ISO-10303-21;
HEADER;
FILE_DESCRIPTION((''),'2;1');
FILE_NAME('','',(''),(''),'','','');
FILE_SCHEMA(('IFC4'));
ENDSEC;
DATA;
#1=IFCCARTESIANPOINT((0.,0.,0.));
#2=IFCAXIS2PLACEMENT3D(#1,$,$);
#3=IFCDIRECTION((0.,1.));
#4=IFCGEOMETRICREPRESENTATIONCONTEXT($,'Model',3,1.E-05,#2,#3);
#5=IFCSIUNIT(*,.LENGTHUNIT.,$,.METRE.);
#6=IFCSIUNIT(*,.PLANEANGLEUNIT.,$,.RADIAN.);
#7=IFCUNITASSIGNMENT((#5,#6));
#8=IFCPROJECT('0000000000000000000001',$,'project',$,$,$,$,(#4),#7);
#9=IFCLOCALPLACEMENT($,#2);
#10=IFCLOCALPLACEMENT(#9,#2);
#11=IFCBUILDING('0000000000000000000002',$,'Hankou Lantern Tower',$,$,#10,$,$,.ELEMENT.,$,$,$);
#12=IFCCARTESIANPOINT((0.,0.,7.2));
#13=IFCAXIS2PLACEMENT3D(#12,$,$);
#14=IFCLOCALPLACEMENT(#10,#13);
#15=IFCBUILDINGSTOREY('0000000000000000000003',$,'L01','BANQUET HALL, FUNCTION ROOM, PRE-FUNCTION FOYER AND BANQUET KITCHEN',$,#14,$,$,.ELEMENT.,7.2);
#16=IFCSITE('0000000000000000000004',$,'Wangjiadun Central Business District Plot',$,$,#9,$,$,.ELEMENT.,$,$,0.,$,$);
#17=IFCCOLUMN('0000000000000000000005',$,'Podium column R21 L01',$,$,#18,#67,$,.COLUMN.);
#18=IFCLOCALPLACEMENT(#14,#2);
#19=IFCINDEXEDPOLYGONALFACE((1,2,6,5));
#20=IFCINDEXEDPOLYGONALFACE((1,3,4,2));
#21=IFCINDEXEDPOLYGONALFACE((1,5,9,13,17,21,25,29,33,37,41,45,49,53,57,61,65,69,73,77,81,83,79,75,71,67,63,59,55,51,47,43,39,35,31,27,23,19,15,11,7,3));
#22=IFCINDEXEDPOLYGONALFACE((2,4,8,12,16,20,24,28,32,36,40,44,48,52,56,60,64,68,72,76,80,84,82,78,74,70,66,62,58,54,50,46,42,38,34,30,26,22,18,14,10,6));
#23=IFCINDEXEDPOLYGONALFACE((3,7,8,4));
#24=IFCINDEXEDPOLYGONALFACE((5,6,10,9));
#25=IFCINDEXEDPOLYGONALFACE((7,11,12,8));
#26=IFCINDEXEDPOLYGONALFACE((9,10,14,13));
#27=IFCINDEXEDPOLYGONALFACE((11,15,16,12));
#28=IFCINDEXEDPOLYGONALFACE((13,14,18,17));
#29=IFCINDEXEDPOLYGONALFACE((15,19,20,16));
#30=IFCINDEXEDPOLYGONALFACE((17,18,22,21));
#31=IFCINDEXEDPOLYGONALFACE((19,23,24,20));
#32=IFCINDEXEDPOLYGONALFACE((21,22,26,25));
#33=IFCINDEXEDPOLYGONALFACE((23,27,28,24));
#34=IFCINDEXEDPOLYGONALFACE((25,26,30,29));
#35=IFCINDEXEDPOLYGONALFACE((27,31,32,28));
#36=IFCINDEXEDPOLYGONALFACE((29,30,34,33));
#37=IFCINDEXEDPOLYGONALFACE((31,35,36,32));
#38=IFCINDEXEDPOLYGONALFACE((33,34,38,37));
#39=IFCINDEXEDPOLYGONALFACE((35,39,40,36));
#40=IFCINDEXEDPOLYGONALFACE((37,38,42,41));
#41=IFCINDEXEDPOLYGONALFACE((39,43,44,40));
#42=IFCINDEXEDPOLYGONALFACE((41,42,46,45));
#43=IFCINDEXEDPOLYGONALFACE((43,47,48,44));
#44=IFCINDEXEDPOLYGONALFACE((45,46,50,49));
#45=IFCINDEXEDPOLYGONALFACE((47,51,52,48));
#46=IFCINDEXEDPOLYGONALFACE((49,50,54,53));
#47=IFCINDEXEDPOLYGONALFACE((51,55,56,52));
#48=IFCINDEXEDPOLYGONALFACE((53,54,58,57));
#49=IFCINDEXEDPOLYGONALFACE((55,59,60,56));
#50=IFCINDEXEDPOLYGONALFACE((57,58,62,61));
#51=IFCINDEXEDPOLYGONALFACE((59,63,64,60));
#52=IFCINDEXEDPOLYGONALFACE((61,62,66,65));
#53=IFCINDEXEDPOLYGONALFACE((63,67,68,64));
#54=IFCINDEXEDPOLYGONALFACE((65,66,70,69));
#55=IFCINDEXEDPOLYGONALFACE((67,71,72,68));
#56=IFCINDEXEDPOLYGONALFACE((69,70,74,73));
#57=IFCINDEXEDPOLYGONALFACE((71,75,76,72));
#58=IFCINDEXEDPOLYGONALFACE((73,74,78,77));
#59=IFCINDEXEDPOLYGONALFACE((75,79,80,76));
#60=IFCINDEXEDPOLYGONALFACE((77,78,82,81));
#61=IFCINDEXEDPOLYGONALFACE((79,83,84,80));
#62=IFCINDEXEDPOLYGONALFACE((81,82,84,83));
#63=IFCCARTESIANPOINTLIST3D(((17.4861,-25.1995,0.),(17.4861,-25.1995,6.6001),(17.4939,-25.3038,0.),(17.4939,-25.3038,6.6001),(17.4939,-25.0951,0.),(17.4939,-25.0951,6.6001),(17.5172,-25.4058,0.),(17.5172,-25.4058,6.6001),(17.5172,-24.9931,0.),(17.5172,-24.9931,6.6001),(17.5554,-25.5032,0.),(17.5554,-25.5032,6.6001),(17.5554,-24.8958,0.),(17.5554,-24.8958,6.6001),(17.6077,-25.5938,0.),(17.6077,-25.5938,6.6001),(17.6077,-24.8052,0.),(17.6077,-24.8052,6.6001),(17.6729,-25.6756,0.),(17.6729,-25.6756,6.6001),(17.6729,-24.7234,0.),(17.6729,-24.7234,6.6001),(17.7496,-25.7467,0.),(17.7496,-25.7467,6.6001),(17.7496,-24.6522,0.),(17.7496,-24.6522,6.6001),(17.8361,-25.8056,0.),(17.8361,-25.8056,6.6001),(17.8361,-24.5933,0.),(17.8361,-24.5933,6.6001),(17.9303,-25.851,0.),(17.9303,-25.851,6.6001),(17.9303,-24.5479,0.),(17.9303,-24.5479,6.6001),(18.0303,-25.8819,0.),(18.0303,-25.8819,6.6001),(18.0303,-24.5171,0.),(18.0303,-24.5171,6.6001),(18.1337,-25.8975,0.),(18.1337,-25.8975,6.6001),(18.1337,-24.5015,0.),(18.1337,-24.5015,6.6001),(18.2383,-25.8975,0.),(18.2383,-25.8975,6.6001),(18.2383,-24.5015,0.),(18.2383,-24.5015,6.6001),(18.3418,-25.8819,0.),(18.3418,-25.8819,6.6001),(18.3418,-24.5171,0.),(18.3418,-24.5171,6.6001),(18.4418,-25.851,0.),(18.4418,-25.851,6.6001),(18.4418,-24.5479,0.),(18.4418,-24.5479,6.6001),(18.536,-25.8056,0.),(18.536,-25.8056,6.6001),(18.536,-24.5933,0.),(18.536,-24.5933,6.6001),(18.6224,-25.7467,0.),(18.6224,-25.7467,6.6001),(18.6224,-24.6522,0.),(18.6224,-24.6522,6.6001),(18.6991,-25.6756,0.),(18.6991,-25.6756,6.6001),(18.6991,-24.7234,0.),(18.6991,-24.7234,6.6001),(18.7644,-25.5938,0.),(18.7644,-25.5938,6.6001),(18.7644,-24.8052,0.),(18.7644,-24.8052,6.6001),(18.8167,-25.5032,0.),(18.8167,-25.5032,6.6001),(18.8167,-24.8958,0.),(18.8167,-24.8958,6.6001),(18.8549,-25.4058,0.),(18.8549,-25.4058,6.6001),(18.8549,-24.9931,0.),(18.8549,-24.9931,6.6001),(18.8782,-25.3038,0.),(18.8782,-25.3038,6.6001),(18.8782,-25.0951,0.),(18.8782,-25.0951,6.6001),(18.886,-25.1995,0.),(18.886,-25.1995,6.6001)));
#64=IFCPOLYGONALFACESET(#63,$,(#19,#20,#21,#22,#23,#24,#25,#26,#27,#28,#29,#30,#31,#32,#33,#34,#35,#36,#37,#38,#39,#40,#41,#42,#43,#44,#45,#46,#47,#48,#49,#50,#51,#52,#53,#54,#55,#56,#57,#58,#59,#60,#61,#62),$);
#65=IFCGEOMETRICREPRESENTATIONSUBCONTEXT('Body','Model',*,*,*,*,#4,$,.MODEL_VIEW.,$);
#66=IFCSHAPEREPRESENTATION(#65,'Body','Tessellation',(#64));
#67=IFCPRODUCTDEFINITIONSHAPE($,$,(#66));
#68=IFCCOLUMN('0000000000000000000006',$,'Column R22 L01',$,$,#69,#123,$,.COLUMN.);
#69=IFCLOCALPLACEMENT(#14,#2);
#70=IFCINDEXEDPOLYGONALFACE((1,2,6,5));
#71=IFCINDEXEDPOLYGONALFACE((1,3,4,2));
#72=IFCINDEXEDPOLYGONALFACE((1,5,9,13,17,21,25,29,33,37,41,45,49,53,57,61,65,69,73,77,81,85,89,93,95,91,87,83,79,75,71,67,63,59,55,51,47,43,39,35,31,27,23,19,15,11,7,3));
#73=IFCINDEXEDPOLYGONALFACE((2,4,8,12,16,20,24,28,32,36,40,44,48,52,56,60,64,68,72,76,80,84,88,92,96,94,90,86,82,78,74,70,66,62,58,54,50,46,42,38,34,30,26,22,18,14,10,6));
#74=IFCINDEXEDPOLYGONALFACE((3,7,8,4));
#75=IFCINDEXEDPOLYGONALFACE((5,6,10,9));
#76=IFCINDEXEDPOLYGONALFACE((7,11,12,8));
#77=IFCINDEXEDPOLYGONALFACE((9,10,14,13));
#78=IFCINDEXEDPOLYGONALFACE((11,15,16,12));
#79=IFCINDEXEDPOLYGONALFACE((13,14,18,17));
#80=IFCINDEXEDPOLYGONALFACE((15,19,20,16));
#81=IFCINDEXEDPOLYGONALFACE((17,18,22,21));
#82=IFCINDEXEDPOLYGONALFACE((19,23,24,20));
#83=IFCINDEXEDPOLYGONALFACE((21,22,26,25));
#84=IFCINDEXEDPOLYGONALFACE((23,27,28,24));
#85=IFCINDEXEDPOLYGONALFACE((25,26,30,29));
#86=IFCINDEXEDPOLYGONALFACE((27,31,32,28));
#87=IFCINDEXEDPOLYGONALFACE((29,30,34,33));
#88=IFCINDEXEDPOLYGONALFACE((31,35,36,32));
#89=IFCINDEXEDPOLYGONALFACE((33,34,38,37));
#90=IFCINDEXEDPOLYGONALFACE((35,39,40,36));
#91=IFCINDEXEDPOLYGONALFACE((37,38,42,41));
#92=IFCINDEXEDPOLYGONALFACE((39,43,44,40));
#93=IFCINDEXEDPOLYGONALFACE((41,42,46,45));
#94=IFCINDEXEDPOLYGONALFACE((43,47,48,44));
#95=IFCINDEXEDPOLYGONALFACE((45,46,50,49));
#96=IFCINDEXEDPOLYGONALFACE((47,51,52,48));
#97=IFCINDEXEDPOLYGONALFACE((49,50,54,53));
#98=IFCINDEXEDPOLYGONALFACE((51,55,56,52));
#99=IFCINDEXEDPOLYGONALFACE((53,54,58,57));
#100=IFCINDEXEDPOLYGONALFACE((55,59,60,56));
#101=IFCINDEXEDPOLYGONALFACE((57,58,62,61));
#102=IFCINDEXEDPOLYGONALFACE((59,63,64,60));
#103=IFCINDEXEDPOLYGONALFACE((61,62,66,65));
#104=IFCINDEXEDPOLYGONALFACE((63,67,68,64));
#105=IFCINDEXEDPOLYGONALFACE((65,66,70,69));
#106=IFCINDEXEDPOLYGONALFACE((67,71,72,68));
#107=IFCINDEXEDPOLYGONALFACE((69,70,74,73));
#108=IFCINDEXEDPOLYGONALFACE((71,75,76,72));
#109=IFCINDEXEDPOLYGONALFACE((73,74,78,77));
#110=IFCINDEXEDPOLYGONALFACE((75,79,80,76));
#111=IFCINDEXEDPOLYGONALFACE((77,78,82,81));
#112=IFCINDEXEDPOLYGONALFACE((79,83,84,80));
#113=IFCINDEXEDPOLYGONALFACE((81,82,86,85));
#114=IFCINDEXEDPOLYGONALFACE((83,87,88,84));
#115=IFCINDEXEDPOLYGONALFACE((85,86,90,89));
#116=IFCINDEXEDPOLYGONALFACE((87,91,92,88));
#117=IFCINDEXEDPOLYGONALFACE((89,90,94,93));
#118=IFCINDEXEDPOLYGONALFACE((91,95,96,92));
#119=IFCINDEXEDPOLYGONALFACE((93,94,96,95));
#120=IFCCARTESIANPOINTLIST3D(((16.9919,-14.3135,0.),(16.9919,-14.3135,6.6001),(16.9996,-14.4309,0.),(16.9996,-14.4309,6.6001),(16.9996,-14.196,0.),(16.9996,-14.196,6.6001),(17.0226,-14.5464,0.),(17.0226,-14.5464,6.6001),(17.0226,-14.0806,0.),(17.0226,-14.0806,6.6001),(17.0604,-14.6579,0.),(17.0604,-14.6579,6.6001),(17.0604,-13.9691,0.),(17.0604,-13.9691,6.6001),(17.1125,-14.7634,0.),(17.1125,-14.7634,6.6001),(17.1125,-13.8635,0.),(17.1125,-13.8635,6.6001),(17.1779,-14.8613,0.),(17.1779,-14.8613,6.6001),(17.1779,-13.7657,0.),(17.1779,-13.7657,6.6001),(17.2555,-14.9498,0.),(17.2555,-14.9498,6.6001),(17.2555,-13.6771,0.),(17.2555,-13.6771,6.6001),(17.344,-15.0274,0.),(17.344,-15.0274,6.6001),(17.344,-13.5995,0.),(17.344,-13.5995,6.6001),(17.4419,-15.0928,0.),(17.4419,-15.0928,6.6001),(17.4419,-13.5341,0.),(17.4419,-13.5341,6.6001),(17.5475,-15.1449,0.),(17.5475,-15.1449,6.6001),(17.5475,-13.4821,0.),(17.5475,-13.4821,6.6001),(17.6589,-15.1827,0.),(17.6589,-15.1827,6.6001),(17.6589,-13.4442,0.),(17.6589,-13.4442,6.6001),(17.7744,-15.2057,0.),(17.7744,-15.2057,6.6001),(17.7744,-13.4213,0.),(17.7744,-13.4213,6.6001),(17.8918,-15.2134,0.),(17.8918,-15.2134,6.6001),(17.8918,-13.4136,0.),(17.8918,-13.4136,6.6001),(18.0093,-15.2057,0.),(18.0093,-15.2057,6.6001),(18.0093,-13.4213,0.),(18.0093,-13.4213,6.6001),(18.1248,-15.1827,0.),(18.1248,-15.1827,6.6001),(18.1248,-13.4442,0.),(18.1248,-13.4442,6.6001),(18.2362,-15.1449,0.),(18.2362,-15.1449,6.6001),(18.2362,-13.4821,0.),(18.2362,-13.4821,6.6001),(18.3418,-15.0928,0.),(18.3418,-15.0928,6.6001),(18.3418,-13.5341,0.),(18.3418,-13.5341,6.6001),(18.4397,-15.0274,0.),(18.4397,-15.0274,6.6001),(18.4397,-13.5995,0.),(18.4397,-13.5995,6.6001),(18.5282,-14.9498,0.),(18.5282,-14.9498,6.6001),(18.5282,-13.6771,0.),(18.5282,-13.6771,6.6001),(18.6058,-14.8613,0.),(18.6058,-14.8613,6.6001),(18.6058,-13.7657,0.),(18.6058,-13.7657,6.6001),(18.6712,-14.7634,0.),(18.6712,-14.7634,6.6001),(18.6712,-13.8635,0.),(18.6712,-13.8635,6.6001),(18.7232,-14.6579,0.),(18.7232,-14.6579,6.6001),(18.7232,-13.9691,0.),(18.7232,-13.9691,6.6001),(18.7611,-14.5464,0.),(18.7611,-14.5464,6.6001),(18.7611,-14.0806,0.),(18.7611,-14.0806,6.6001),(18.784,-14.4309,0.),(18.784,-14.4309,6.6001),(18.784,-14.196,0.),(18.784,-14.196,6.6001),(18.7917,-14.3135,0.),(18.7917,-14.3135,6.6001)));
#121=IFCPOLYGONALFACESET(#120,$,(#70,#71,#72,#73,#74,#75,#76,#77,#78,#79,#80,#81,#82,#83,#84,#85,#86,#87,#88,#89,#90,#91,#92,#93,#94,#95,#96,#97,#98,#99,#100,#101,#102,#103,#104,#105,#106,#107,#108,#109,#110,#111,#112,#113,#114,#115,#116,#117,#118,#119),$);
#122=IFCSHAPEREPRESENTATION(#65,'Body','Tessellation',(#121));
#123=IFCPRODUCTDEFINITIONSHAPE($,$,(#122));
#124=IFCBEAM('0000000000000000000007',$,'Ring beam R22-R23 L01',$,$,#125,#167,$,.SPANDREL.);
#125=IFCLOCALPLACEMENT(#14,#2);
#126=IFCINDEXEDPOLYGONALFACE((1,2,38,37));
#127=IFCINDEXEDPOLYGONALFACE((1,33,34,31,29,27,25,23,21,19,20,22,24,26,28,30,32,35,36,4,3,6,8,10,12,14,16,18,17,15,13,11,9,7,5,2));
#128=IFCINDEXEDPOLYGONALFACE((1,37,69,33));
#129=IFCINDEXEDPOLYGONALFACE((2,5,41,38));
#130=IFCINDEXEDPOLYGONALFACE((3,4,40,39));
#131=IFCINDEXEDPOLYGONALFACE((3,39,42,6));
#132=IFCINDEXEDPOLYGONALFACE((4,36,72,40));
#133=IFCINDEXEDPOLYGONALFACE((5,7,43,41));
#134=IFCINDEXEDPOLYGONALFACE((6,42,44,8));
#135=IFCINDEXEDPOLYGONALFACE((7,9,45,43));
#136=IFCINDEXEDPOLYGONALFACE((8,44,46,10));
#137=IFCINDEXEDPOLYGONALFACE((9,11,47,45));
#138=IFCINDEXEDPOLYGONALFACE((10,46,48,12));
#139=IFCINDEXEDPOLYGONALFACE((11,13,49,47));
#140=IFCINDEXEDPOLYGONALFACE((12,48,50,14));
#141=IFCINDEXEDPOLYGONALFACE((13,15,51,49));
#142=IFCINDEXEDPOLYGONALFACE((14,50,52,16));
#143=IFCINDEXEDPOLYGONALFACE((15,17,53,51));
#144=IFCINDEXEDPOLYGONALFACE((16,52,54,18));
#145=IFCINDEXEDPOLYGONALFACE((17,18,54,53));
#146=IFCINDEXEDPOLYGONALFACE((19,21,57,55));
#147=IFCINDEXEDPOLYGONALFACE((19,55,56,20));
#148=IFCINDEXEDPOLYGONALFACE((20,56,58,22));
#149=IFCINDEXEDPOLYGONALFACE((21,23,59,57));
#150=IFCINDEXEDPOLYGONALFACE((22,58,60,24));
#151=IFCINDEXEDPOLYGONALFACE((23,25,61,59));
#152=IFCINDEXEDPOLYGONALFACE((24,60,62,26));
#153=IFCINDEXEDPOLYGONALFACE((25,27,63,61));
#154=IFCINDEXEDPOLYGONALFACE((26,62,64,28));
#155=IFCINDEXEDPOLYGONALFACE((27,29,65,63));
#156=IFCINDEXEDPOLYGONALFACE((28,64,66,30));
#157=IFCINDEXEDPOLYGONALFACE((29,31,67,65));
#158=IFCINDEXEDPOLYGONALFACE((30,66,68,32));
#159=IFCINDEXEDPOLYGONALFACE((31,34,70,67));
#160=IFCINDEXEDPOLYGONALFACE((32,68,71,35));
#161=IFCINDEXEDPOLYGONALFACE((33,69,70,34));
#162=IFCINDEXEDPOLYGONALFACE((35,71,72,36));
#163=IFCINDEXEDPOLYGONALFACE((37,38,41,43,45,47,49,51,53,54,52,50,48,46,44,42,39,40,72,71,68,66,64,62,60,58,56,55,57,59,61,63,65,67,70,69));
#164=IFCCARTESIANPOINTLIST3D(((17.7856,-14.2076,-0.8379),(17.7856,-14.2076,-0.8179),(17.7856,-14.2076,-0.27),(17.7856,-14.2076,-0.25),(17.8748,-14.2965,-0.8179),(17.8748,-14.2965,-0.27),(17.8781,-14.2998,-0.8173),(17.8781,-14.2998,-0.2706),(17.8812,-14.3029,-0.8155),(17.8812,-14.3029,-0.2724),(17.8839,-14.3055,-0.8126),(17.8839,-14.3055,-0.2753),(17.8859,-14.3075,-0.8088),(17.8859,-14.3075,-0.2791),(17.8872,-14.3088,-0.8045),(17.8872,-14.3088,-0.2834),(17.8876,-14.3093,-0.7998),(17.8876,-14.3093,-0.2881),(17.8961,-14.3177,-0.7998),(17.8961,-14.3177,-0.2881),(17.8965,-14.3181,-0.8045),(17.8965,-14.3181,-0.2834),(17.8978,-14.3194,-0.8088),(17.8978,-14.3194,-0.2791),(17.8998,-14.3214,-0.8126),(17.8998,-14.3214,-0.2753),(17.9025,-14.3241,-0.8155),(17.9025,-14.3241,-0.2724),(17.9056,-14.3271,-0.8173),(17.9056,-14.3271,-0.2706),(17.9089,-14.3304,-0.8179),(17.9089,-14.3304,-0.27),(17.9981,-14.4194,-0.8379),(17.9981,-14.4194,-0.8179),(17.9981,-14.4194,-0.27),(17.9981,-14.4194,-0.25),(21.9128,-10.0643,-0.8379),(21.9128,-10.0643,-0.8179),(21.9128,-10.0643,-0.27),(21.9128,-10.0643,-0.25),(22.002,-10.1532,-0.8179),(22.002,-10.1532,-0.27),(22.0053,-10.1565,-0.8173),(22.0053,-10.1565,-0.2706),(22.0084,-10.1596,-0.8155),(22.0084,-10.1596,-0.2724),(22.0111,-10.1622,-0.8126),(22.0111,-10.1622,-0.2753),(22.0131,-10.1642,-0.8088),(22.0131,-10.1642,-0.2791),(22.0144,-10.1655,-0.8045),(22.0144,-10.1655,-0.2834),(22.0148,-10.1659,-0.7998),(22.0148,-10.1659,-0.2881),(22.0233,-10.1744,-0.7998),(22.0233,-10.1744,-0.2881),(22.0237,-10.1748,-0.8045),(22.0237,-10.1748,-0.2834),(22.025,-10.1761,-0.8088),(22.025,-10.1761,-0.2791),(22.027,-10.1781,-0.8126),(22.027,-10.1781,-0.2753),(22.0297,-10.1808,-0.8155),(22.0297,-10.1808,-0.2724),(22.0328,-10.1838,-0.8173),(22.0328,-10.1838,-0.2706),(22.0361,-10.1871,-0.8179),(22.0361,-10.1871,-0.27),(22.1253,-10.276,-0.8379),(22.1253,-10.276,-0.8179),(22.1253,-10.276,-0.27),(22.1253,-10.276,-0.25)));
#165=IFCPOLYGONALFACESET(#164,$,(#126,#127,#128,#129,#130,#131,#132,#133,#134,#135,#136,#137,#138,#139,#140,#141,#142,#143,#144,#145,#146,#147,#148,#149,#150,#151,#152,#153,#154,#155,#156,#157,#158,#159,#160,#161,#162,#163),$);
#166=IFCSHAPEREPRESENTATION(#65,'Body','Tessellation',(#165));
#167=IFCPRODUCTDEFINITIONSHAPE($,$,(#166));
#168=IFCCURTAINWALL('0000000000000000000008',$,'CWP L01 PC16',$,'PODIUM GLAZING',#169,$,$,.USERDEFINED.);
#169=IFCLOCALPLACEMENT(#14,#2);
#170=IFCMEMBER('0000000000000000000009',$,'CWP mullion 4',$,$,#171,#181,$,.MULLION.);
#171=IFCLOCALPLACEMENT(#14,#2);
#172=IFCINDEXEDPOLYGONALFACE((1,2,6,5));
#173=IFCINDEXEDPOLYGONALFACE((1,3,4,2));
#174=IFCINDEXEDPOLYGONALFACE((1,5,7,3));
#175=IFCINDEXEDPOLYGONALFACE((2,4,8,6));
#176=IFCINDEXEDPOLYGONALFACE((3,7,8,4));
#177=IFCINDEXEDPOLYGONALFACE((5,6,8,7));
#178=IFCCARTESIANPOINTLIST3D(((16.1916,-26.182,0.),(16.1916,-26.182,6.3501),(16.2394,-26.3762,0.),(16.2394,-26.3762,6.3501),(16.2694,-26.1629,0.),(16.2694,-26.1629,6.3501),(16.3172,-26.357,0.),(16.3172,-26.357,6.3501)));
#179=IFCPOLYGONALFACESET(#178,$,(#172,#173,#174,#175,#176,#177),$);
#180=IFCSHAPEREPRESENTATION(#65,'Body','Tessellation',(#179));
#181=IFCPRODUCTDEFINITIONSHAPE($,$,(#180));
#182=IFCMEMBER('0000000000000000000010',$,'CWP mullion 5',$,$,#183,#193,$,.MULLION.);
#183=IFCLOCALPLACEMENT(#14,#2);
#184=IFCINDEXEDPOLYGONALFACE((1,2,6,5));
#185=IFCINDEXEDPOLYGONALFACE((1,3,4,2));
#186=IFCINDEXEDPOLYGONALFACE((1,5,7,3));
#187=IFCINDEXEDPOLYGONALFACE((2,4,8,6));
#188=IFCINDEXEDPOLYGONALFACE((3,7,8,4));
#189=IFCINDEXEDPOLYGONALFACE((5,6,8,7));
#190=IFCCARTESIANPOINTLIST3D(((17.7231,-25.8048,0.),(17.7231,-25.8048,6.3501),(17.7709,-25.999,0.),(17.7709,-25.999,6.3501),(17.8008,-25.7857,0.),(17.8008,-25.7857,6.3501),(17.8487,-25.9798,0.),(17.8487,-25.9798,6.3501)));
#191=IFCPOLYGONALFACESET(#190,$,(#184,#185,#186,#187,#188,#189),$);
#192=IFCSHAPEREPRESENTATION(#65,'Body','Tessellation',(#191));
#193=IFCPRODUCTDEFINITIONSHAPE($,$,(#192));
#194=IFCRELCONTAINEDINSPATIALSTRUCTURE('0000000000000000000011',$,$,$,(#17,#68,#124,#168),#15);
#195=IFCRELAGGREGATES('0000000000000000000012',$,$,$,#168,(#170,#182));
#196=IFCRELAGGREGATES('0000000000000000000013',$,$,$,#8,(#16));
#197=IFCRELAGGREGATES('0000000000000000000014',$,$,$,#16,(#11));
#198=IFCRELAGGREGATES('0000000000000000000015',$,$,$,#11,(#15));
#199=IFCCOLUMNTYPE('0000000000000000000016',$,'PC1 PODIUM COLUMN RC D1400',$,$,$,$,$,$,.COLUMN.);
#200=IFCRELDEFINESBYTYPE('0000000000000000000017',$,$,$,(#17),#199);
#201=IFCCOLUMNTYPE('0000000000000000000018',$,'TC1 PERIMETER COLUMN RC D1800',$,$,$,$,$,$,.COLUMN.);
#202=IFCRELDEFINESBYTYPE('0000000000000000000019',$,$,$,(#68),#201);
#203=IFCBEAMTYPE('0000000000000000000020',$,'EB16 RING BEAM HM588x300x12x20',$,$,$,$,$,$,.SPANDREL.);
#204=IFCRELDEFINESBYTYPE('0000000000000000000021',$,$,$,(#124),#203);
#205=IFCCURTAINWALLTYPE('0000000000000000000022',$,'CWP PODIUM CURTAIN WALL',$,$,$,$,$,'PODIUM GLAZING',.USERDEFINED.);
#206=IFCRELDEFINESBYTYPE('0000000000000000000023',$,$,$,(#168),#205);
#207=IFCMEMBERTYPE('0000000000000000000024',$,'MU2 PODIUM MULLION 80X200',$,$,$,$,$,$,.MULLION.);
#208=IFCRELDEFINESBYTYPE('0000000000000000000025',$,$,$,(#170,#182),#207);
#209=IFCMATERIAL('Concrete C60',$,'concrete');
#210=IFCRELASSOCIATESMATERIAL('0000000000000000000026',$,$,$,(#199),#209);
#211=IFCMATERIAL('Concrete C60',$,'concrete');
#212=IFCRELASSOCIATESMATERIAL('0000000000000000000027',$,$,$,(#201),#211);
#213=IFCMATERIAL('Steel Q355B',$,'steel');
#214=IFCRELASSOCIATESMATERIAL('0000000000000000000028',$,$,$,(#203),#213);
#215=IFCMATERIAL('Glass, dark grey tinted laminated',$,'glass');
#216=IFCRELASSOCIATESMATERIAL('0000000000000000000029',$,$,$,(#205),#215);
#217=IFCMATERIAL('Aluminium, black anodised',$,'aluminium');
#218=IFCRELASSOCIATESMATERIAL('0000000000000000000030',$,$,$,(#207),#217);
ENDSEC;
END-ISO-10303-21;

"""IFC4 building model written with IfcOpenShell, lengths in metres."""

from ifc_helpers import new_model, si_unit, direction, frame, origin, origin_2d, place, context, subcontext, project, spatial, rectangle, circle, i_section, extrude, material, material_profile, profile_set, type_object, element, aggregate, save


model = new_model("IFC4")

# Units and contexts
model_context = context("Model", 3, precision=1e-05, world=origin(), true_north=direction((0.0, 1.0)))
body_context = subcontext(model_context, "Body", "Model", "MODEL_VIEW")
ifc_project = project(units=[si_unit("LENGTHUNIT", "METRE"), si_unit("PLANEANGLEUNIT", "RADIAN")], contexts=[model_context])

# Site, building, storey
site_placement = place(None, origin())
site = spatial("IfcSite", under=ifc_project, at=site_placement, Name="Wangjiadun Central Business District Plot", CompositionType="ELEMENT", RefElevation=0.0)
building_placement = place(site_placement, origin())
building = spatial("IfcBuilding", under=site, at=building_placement, Name="Hankou Lantern Tower", CompositionType="ELEMENT")
storey_placement = place(building_placement, frame((0.0, 0.0, 7.2)))
storey = spatial("IfcBuildingStorey", under=building, at=storey_placement, Name="L01", Description="BANQUET HALL, FUNCTION ROOM, PRE-FUNCTION FOYER AND BANQUET KITCHEN", CompositionType="ELEMENT", Elevation=7.2)

# Columns
ifc_material_1 = material(Name="Concrete C60", Category="concrete")
ifc_material_profile_1 = material_profile(ifc_material_1, circle(Radius=0.7, at=origin_2d()), Name="RC D1400")
ifc_profile_set_1 = profile_set([ifc_material_profile_1], Name="Concrete C60")
column_type_1 = type_object("IfcColumnType", Name="PC1 PODIUM COLUMN RC D1400", PredefinedType="COLUMN", material=ifc_profile_set_1)
column_1_placement = place(storey_placement, frame((18.186, -25.1995, 0.0), z_axis=(0.0, 0.0, 1.0), x_axis=(1.0, 0.0, 0.0)))
element("IfcColumn", 1, at=column_1_placement, inside=storey, type_object=column_type_1, Name="Podium column R21 L01", PredefinedType="COLUMN", context=body_context, shape_type="SweptSolid", body=[
    extrude(circle(Radius=0.7, at=origin_2d()), origin(), (0.0, 0.0, 1.0), 6.6001),
])
ifc_material_2 = material(Name="Concrete C60", Category="concrete")
ifc_material_profile_2 = material_profile(ifc_material_2, circle(Radius=0.8999, at=origin_2d()), Name="RC D1800")
ifc_profile_set_2 = profile_set([ifc_material_profile_2], Name="Concrete C60")
column_type_2 = type_object("IfcColumnType", Name="TC1 PERIMETER COLUMN RC D1800", PredefinedType="COLUMN", material=ifc_profile_set_2)
column_2_placement = place(storey_placement, frame((17.8918, -14.3135, 0.0), z_axis=(0.0, 0.0, 1.0), x_axis=(1.0, 0.0, 0.0)))
element("IfcColumn", 2, at=column_2_placement, inside=storey, type_object=column_type_2, Name="Column R22 L01", PredefinedType="COLUMN", context=body_context, shape_type="SweptSolid", body=[
    extrude(circle(Radius=0.8999, at=origin_2d()), origin(), (0.0, 0.0, 1.0), 6.6001),
])

# Beam
ifc_material_3 = material(Name="Steel Q355B", Category="steel")
ifc_material_profile_3 = material_profile(ifc_material_3, i_section(OverallWidth=0.3, OverallDepth=0.5879, WebThickness=0.012, FlangeThickness=0.02, FilletRadius=0.0181, at=origin_2d()), Name="HM588x300x12x20")
ifc_profile_set_3 = profile_set([ifc_material_profile_3], Name="Steel Q355B")
beam_type_1 = type_object("IfcBeamType", Name="EB16 RING BEAM HM588x300x12x20", PredefinedType="SPANDREL", material=ifc_profile_set_3)
beam_1_placement = place(storey_placement, frame((17.8918, -14.3135, -0.5439), z_axis=(0.705728, 0.708483, 0.0), x_axis=(-0.708483, 0.705728, 0.0)))
element("IfcBeam", 3, at=beam_1_placement, inside=storey, type_object=beam_type_1, Name="Ring beam R22-R23 L01", PredefinedType="SPANDREL", context=body_context, shape_type="SweptSolid", body=[
    extrude(i_section(OverallWidth=0.3, OverallDepth=0.5879, WebThickness=0.012, FlangeThickness=0.02, FilletRadius=0.0181, at=origin_2d()), origin(), (0.0, 0.0, 1.0), 5.8481),
])

# Curtain wall, members
ifc_material_4 = material(Name="Glass, dark grey tinted laminated", Category="glass")
curtain_wall_type = type_object("IfcCurtainWallType", Name="CWP PODIUM CURTAIN WALL", ElementType="PODIUM GLAZING", PredefinedType="USERDEFINED", material=ifc_material_4)
curtain_wall_1_placement = place(storey_placement, origin())
curtain_wall_1 = element("IfcCurtainWall", 4, at=curtain_wall_1_placement, inside=storey, type_object=curtain_wall_type, Name="CWP L01 PC16", ObjectType="PODIUM GLAZING", PredefinedType="USERDEFINED")
ifc_material_5 = material(Name="Aluminium, black anodised", Category="aluminium")
ifc_material_profile_4 = material_profile(ifc_material_5, rectangle(XDim=0.0801, YDim=0.2, at=origin_2d()), Name="MU2 80X200")
ifc_profile_set_4 = profile_set([ifc_material_profile_4], Name="Aluminium, black anodised")
member_type_1 = type_object("IfcMemberType", Name="MU2 PODIUM MULLION 80X200", PredefinedType="MULLION", material=ifc_profile_set_4)
member_1_placement = place(storey_placement, frame((16.2544, -26.2695, 0.0), z_axis=(0.0, 0.0, 1.0), x_axis=(0.970961, 0.239238, 0.0)))
member_1 = element("IfcMember", 5, at=member_1_placement, type_object=member_type_1, Name="CWP mullion 4", PredefinedType="MULLION", context=body_context, shape_type="SweptSolid", body=[
    extrude(rectangle(XDim=0.0801, YDim=0.2, at=origin_2d()), origin(), (0.0, 0.0, 1.0), 6.3501),
])
member_2_placement = place(storey_placement, frame((17.7859, -25.8923, 0.0), z_axis=(0.0, 0.0, 1.0), x_axis=(0.970961, 0.239238, 0.0)))
member_2 = element("IfcMember", 6, at=member_2_placement, type_object=member_type_1, Name="CWP mullion 5", PredefinedType="MULLION", context=body_context, shape_type="SweptSolid", body=[
    extrude(rectangle(XDim=0.0801, YDim=0.2, at=origin_2d()), origin(), (0.0, 0.0, 1.0), 6.3501),
])

aggregate(curtain_wall_1, [member_1, member_2])

save(model, "model.ifc")
